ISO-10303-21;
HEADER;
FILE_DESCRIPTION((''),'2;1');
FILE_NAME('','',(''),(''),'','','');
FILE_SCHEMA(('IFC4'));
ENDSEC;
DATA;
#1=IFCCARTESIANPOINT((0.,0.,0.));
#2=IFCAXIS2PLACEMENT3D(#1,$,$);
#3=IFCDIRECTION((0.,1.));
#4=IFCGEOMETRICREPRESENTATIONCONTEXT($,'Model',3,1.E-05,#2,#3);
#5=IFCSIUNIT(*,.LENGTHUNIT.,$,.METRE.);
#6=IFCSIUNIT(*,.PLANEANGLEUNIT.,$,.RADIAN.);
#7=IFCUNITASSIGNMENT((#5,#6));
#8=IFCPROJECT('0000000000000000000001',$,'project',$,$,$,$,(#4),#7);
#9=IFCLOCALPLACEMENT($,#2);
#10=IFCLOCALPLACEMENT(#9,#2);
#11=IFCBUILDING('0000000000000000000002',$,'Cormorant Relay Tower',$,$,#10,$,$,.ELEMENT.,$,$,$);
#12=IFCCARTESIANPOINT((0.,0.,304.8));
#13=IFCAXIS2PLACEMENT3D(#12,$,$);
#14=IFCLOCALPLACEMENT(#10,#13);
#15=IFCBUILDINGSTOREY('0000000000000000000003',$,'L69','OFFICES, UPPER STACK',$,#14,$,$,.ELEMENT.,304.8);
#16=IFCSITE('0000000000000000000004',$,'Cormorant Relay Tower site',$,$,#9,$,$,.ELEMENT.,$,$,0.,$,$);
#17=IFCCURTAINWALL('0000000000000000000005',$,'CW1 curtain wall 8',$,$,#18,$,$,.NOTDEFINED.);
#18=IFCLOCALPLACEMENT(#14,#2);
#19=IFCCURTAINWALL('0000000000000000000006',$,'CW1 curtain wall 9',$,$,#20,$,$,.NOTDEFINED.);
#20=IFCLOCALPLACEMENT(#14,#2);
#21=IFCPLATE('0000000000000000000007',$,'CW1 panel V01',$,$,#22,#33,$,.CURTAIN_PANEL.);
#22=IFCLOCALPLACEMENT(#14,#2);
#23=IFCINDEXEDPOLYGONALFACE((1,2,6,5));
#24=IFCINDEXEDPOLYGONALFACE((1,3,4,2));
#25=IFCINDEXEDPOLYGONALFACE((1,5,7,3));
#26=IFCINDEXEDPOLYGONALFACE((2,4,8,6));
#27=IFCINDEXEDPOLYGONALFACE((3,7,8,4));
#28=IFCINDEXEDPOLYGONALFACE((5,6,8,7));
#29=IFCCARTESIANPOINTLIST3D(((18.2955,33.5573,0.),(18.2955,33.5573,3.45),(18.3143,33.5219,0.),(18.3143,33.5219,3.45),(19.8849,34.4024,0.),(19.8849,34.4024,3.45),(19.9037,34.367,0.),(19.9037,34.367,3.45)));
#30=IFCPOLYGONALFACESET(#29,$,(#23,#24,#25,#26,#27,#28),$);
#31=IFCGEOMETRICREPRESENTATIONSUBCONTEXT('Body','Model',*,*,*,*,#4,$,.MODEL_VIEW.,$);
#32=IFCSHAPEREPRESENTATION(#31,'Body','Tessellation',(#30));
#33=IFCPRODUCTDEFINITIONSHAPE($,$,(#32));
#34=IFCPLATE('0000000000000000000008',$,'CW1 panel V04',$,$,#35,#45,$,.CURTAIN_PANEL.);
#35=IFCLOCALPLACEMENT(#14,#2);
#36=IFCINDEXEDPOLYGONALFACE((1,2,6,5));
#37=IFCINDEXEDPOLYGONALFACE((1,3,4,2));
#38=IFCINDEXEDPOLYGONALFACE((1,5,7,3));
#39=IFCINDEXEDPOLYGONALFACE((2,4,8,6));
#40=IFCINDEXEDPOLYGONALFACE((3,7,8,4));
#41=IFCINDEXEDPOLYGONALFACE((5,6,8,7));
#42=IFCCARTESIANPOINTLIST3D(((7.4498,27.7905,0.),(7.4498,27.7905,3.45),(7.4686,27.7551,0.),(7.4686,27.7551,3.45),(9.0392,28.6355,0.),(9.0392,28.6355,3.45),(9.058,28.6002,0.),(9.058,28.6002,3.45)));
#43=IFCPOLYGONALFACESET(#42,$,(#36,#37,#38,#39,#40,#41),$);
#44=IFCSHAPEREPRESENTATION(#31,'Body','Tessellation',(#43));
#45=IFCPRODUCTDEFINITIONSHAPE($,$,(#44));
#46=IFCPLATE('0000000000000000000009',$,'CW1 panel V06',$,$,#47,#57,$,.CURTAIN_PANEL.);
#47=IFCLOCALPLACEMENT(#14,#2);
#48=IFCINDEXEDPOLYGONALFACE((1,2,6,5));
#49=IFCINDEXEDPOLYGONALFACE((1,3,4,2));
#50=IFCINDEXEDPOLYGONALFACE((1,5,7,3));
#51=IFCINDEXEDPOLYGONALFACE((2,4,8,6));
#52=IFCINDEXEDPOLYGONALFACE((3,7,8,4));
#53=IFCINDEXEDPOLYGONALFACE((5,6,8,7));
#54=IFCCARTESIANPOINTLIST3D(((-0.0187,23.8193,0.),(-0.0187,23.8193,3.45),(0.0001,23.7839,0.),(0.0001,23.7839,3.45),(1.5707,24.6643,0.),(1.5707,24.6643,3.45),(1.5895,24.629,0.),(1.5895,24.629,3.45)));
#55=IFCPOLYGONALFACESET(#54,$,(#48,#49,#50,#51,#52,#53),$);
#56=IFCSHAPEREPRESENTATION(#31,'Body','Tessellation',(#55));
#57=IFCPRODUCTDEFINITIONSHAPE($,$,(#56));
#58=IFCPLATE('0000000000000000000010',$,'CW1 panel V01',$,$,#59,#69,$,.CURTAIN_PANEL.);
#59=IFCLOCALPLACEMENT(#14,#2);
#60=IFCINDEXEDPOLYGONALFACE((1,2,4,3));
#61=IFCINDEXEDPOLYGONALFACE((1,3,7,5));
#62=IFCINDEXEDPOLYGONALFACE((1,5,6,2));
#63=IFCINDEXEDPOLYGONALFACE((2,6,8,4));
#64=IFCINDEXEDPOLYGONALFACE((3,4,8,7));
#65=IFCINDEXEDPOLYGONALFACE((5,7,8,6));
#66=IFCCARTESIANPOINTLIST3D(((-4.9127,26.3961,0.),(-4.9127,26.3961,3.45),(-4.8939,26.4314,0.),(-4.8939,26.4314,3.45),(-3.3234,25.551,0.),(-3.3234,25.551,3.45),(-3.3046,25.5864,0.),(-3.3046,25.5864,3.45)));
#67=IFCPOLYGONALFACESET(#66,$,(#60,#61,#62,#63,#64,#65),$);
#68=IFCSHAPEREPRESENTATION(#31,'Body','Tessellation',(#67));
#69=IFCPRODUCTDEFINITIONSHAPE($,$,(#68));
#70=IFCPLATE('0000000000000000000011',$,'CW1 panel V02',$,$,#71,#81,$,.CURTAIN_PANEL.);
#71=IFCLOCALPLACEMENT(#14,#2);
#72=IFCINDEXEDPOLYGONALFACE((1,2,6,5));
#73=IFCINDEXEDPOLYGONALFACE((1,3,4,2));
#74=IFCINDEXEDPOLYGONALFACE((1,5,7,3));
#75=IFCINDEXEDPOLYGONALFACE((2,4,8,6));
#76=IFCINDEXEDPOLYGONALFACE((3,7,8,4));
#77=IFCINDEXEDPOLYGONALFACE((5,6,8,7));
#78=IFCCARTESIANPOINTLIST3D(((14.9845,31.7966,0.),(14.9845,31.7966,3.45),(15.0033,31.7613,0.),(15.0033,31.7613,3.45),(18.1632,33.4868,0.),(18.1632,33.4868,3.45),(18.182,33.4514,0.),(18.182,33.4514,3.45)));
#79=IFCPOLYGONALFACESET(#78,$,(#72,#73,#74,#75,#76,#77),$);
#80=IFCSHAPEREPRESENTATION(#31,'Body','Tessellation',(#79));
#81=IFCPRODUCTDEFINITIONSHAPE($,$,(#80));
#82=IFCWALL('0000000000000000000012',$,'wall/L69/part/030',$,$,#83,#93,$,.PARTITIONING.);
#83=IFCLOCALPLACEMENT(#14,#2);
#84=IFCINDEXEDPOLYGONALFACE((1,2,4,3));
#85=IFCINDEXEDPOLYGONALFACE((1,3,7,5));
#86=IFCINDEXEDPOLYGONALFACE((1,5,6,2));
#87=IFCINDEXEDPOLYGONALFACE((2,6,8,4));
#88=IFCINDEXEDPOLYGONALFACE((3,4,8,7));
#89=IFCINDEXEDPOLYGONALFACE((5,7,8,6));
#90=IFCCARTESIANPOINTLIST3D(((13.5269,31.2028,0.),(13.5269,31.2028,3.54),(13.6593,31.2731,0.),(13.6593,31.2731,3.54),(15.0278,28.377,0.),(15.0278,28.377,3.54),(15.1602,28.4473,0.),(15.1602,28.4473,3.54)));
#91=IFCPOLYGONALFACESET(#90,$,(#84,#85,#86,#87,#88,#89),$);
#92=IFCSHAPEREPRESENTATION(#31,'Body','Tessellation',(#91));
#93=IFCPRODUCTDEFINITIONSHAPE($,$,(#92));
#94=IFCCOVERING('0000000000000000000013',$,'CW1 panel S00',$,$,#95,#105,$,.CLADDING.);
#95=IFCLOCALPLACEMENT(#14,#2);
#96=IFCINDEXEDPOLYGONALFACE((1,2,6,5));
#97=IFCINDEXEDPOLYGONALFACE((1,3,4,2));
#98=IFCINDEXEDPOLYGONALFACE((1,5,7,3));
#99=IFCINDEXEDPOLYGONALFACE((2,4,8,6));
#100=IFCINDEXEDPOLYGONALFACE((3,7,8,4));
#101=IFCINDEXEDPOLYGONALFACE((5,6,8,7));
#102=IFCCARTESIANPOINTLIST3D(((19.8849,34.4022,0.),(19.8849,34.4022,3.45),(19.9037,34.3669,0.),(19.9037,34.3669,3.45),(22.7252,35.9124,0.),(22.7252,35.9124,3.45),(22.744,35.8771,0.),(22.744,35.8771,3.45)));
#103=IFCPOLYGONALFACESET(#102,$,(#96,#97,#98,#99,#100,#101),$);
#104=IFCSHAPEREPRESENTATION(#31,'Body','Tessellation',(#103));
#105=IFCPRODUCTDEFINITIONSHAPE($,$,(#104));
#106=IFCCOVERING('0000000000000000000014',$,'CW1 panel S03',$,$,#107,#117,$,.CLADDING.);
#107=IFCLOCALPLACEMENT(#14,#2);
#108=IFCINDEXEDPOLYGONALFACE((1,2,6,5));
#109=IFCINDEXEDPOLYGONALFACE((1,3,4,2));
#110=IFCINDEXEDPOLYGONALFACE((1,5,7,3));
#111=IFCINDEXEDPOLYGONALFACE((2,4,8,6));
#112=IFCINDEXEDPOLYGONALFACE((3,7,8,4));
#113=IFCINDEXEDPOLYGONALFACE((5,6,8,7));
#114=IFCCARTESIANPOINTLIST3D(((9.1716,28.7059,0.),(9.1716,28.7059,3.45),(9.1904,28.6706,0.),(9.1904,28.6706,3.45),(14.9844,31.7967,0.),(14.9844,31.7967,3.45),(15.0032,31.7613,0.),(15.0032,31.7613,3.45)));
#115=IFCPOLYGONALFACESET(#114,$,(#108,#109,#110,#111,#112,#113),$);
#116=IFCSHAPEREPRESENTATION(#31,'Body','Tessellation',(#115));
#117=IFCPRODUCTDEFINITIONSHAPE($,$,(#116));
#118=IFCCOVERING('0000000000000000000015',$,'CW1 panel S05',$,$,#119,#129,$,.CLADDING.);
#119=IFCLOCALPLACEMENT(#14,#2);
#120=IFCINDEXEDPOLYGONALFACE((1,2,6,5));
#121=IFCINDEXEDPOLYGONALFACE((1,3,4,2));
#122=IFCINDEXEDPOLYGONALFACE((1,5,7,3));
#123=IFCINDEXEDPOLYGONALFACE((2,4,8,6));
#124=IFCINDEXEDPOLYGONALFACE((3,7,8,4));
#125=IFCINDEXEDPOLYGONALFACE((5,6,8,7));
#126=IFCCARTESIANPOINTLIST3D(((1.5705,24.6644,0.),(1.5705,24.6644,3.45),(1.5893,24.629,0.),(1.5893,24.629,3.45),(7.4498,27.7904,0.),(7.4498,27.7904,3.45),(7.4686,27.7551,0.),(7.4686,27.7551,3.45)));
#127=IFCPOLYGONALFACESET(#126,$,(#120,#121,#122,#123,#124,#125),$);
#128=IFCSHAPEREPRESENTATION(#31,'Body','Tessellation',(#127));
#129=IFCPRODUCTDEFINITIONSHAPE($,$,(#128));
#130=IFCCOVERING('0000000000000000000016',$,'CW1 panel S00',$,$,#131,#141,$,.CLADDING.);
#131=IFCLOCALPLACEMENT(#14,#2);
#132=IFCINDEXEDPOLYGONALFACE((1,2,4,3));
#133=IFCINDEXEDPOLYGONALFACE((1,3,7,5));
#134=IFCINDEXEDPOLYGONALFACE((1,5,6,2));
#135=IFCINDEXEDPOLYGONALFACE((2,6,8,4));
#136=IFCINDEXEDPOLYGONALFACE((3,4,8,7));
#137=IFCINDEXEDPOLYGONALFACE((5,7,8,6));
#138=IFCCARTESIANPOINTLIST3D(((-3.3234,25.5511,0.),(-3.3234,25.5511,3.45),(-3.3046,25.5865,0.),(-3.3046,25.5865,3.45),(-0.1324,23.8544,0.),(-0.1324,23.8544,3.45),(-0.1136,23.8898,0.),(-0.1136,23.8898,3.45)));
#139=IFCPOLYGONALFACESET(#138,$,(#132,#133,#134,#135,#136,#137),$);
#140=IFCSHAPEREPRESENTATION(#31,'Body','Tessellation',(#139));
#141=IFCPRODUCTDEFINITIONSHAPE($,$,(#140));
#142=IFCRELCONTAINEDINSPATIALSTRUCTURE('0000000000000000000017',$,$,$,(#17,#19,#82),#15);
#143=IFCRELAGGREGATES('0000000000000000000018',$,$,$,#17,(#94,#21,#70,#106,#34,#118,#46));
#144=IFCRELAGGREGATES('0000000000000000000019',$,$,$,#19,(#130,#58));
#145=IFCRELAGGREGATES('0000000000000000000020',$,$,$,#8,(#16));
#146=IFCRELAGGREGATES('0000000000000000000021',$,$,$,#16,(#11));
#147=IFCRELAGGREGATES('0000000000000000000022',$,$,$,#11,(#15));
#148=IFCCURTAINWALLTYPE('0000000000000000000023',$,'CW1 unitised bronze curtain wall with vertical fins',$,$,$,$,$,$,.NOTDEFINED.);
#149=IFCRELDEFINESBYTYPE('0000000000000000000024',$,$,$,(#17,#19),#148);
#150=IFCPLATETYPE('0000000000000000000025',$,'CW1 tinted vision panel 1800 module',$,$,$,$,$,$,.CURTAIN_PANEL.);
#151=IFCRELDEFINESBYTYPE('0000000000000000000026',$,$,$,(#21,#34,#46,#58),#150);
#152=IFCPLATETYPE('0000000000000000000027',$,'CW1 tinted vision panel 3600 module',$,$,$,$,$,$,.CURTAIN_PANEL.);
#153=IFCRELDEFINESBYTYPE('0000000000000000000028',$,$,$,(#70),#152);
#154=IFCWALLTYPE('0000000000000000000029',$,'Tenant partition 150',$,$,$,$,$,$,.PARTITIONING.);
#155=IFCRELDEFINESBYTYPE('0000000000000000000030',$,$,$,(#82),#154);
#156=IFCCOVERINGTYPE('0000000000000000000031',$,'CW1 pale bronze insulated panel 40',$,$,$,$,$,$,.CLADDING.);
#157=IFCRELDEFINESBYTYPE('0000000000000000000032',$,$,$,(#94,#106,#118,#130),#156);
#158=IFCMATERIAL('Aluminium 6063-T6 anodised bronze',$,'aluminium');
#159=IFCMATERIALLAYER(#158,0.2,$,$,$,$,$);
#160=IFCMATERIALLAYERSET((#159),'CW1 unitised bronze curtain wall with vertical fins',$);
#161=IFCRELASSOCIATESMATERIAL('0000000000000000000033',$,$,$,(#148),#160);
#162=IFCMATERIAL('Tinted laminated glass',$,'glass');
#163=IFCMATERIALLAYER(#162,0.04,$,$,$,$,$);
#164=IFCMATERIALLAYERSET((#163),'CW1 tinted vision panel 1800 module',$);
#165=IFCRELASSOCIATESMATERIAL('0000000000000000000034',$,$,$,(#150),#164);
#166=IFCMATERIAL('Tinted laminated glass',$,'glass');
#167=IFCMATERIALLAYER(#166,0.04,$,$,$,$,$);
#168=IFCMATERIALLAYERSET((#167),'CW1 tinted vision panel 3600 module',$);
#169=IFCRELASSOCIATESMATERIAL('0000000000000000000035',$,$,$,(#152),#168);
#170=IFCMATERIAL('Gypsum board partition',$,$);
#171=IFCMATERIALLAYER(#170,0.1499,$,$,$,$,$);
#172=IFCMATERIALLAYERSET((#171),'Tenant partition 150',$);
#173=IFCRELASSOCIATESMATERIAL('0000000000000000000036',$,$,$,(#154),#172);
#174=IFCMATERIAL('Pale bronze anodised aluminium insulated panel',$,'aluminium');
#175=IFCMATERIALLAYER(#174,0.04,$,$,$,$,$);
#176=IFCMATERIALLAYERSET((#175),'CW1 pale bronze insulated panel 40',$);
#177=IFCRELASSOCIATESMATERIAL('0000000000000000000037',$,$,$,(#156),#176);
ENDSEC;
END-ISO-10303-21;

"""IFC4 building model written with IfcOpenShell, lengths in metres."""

from ifc_helpers import new_model, si_unit, direction, frame, frame_2d, origin, origin_2d, place, context, subcontext, project, spatial, rectangle, extrude, material, layer, layer_set, type_object, element, aggregate, save


model = new_model("IFC4")

# Units and contexts
model_context = context("Model", 3, precision=1e-05, world=origin(), true_north=direction((0.0, 1.0)))
body_context = subcontext(model_context, "Body", "Model", "MODEL_VIEW")
ifc_project = project(units=[si_unit("LENGTHUNIT", "METRE"), si_unit("PLANEANGLEUNIT", "RADIAN")], contexts=[model_context])

# Site, building, storey
site_placement = place(None, origin())
site = spatial("IfcSite", under=ifc_project, at=site_placement, Name="Cormorant Relay Tower site", CompositionType="ELEMENT", RefElevation=0.0)
building_placement = place(site_placement, origin())
building = spatial("IfcBuilding", under=site, at=building_placement, Name="Cormorant Relay Tower", CompositionType="ELEMENT")
storey_placement = place(building_placement, frame((0.0, 0.0, 304.8)))
storey = spatial("IfcBuildingStorey", under=building, at=storey_placement, Name="L69", Description="OFFICES, UPPER STACK", CompositionType="ELEMENT", Elevation=304.8)

# Curtain walls
ifc_material_1 = material(Name="Aluminium 6063-T6 anodised bronze", Category="aluminium")
ifc_layer_1 = layer(ifc_material_1, 0.2)
ifc_layer_set_1 = layer_set([ifc_layer_1], Name="CW1 unitised bronze curtain wall with vertical fins")
curtain_wall_type = type_object("IfcCurtainWallType", Name="CW1 unitised bronze curtain wall with vertical fins", PredefinedType="NOTDEFINED", material=ifc_layer_set_1)
curtain_wall_1_placement = place(storey_placement, origin())
curtain_wall_1 = element("IfcCurtainWall", 1, at=curtain_wall_1_placement, inside=storey, type_object=curtain_wall_type, Name="CW1 curtain wall 8", PredefinedType="NOTDEFINED")
curtain_wall_2_placement = place(storey_placement, origin())
curtain_wall_2 = element("IfcCurtainWall", 2, at=curtain_wall_2_placement, inside=storey, type_object=curtain_wall_type, Name="CW1 curtain wall 9", PredefinedType="NOTDEFINED")

# Shared definitions
ifc_material_2 = material(Name="Tinted laminated glass", Category="glass")
ifc_layer_2 = layer(ifc_material_2, 0.04)
ifc_layer_set_2 = layer_set([ifc_layer_2], Name="CW1 tinted vision panel 1800 module")
plate_type_1 = type_object("IfcPlateType", Name="CW1 tinted vision panel 1800 module", PredefinedType="CURTAIN_PANEL", material=ifc_layer_set_2)

# Plates
plate_1_placement = place(storey_placement, frame((19.0996, 33.9622, 0.0), z_axis=(0.0, 0.0, 1.0), x_axis=(-0.882948, -0.469472, 0.0)))
plate_1 = element("IfcPlate", 3, at=plate_1_placement, type_object=plate_type_1, Name="CW1 panel V01", PredefinedType="CURTAIN_PANEL", context=body_context, shape_type="SweptSolid", body=[
    extrude(rectangle(XDim=1.8, YDim=0.04, at=origin_2d()), origin(), (0.0, 0.0, 1.0), 3.45),
])
plate_2_placement = place(storey_placement, frame((8.2539, 28.1953, 0.0), z_axis=(0.0, 0.0, 1.0), x_axis=(-0.882948, -0.469472, 0.0)))
plate_2 = element("IfcPlate", 4, at=plate_2_placement, type_object=plate_type_1, Name="CW1 panel V04", PredefinedType="CURTAIN_PANEL", context=body_context, shape_type="SweptSolid", body=[
    extrude(rectangle(XDim=1.8, YDim=0.04, at=origin_2d()), origin(), (0.0, 0.0, 1.0), 3.45),
])
plate_3_placement = place(storey_placement, frame((0.7854, 24.2241, 0.0), z_axis=(0.0, 0.0, 1.0), x_axis=(-0.882948, -0.469472, 0.0)))
plate_3 = element("IfcPlate", 5, at=plate_3_placement, type_object=plate_type_1, Name="CW1 panel V06", PredefinedType="CURTAIN_PANEL", context=body_context, shape_type="SweptSolid", body=[
    extrude(rectangle(XDim=1.8, YDim=0.04, at=origin_2d()), origin(), (0.0, 0.0, 1.0), 3.45),
])
plate_4_placement = place(storey_placement, frame((-4.1086, 25.9912, 0.0), z_axis=(0.0, 0.0, 1.0), x_axis=(-0.882948, 0.469472, 0.0)))
plate_4 = element("IfcPlate", 6, at=plate_4_placement, type_object=plate_type_1, Name="CW1 panel V01", PredefinedType="CURTAIN_PANEL", context=body_context, shape_type="SweptSolid", body=[
    extrude(rectangle(XDim=1.8, YDim=0.04, at=origin_2d()), origin(), (0.0, 0.0, 1.0), 3.45),
])
ifc_material_3 = material(Name="Tinted laminated glass", Category="glass")
ifc_layer_3 = layer(ifc_material_3, 0.04)
ifc_layer_set_3 = layer_set([ifc_layer_3], Name="CW1 tinted vision panel 3600 module")
plate_type_2 = type_object("IfcPlateType", Name="CW1 tinted vision panel 3600 module", PredefinedType="CURTAIN_PANEL", material=ifc_layer_set_3)
plate_5_placement = place(storey_placement, frame((16.5833, 32.624, 0.0), z_axis=(0.0, 0.0, 1.0), x_axis=(-0.882948, -0.469472, 0.0)))
plate_5 = element("IfcPlate", 7, at=plate_5_placement, type_object=plate_type_2, Name="CW1 panel V02", PredefinedType="CURTAIN_PANEL", context=body_context, shape_type="SweptSolid", body=[
    extrude(rectangle(XDim=3.6001, YDim=0.04, at=origin_2d()), origin(), (0.0, 0.0, 1.0), 3.45),
])

# Wall
ifc_material_4 = material(Name="Gypsum board partition")
ifc_layer_4 = layer(ifc_material_4, 0.1499)
ifc_layer_set_4 = layer_set([ifc_layer_4], Name="Tenant partition 150")
wall_type = type_object("IfcWallType", Name="Tenant partition 150", PredefinedType="PARTITIONING", material=ifc_layer_set_4)
wall_placement = place(storey_placement, frame((15.094, 28.4121, 0.0), z_axis=(0.0, 0.0, 1.0), x_axis=(-0.469083, 0.883154, 0.0)))
element("IfcWall", 8, at=wall_placement, inside=storey, type_object=wall_type, Name="wall/L69/part/030", PredefinedType="PARTITIONING", context=body_context, shape_type="SweptSolid", body=[
    extrude(rectangle(XDim=3.1997, YDim=0.1499, at=frame_2d((1.5999, 0.0))), origin(), (0.0, 0.0, 1.0), 3.54),
])

# Coverings
ifc_material_5 = material(Name="Pale bronze anodised aluminium insulated panel", Category="aluminium")
ifc_layer_5 = layer(ifc_material_5, 0.04)
ifc_layer_set_5 = layer_set([ifc_layer_5], Name="CW1 pale bronze insulated panel 40")
covering_type = type_object("IfcCoveringType", Name="CW1 pale bronze insulated panel 40", PredefinedType="CLADDING", material=ifc_layer_set_5)
covering_1_placement = place(storey_placement, frame((21.3145, 35.1396, 0.0), z_axis=(0.0, 0.0, 1.0), x_axis=(-0.882948, -0.469472, 0.0)))
covering_1 = element("IfcCovering", 9, at=covering_1_placement, type_object=covering_type, Name="CW1 panel S00", PredefinedType="CLADDING", context=body_context, shape_type="SweptSolid", body=[
    extrude(rectangle(XDim=3.2168, YDim=0.04, at=origin_2d()), origin(), (0.0, 0.0, 1.0), 3.45),
])
covering_2_placement = place(storey_placement, frame((12.0874, 30.2336, 0.0), z_axis=(0.0, 0.0, 1.0), x_axis=(-0.882948, -0.469472, 0.0)))
covering_2 = element("IfcCovering", 10, at=covering_2_placement, type_object=covering_type, Name="CW1 panel S03", PredefinedType="CLADDING", context=body_context, shape_type="SweptSolid", body=[
    extrude(rectangle(XDim=6.5835, YDim=0.04, at=origin_2d()), origin(), (0.0, 0.0, 1.0), 3.45),
])
covering_3_placement = place(storey_placement, frame((4.5195, 26.2097, 0.0), z_axis=(0.0, 0.0, 1.0), x_axis=(-0.882948, -0.469472, 0.0)))
covering_3 = element("IfcCovering", 11, at=covering_3_placement, type_object=covering_type, Name="CW1 panel S05", PredefinedType="CLADDING", context=body_context, shape_type="SweptSolid", body=[
    extrude(rectangle(XDim=6.6587, YDim=0.04, at=origin_2d()), origin(), (0.0, 0.0, 1.0), 3.45),
])
aggregate(curtain_wall_1, [covering_1, plate_1, plate_5, covering_2, plate_2, covering_3, plate_3])
covering_4_placement = place(storey_placement, frame((-1.7185, 24.7205, 0.0), z_axis=(0.0, 0.0, 1.0), x_axis=(-0.882948, 0.469472, 0.0)))
covering_4 = element("IfcCovering", 12, at=covering_4_placement, type_object=covering_type, Name="CW1 panel S00", PredefinedType="CLADDING", context=body_context, shape_type="SweptSolid", body=[
    extrude(rectangle(XDim=3.614, YDim=0.04, at=origin_2d()), origin(), (0.0, 0.0, 1.0), 3.45),
])
aggregate(curtain_wall_2, [covering_4, plate_4])

save(model, "model.ifc")
